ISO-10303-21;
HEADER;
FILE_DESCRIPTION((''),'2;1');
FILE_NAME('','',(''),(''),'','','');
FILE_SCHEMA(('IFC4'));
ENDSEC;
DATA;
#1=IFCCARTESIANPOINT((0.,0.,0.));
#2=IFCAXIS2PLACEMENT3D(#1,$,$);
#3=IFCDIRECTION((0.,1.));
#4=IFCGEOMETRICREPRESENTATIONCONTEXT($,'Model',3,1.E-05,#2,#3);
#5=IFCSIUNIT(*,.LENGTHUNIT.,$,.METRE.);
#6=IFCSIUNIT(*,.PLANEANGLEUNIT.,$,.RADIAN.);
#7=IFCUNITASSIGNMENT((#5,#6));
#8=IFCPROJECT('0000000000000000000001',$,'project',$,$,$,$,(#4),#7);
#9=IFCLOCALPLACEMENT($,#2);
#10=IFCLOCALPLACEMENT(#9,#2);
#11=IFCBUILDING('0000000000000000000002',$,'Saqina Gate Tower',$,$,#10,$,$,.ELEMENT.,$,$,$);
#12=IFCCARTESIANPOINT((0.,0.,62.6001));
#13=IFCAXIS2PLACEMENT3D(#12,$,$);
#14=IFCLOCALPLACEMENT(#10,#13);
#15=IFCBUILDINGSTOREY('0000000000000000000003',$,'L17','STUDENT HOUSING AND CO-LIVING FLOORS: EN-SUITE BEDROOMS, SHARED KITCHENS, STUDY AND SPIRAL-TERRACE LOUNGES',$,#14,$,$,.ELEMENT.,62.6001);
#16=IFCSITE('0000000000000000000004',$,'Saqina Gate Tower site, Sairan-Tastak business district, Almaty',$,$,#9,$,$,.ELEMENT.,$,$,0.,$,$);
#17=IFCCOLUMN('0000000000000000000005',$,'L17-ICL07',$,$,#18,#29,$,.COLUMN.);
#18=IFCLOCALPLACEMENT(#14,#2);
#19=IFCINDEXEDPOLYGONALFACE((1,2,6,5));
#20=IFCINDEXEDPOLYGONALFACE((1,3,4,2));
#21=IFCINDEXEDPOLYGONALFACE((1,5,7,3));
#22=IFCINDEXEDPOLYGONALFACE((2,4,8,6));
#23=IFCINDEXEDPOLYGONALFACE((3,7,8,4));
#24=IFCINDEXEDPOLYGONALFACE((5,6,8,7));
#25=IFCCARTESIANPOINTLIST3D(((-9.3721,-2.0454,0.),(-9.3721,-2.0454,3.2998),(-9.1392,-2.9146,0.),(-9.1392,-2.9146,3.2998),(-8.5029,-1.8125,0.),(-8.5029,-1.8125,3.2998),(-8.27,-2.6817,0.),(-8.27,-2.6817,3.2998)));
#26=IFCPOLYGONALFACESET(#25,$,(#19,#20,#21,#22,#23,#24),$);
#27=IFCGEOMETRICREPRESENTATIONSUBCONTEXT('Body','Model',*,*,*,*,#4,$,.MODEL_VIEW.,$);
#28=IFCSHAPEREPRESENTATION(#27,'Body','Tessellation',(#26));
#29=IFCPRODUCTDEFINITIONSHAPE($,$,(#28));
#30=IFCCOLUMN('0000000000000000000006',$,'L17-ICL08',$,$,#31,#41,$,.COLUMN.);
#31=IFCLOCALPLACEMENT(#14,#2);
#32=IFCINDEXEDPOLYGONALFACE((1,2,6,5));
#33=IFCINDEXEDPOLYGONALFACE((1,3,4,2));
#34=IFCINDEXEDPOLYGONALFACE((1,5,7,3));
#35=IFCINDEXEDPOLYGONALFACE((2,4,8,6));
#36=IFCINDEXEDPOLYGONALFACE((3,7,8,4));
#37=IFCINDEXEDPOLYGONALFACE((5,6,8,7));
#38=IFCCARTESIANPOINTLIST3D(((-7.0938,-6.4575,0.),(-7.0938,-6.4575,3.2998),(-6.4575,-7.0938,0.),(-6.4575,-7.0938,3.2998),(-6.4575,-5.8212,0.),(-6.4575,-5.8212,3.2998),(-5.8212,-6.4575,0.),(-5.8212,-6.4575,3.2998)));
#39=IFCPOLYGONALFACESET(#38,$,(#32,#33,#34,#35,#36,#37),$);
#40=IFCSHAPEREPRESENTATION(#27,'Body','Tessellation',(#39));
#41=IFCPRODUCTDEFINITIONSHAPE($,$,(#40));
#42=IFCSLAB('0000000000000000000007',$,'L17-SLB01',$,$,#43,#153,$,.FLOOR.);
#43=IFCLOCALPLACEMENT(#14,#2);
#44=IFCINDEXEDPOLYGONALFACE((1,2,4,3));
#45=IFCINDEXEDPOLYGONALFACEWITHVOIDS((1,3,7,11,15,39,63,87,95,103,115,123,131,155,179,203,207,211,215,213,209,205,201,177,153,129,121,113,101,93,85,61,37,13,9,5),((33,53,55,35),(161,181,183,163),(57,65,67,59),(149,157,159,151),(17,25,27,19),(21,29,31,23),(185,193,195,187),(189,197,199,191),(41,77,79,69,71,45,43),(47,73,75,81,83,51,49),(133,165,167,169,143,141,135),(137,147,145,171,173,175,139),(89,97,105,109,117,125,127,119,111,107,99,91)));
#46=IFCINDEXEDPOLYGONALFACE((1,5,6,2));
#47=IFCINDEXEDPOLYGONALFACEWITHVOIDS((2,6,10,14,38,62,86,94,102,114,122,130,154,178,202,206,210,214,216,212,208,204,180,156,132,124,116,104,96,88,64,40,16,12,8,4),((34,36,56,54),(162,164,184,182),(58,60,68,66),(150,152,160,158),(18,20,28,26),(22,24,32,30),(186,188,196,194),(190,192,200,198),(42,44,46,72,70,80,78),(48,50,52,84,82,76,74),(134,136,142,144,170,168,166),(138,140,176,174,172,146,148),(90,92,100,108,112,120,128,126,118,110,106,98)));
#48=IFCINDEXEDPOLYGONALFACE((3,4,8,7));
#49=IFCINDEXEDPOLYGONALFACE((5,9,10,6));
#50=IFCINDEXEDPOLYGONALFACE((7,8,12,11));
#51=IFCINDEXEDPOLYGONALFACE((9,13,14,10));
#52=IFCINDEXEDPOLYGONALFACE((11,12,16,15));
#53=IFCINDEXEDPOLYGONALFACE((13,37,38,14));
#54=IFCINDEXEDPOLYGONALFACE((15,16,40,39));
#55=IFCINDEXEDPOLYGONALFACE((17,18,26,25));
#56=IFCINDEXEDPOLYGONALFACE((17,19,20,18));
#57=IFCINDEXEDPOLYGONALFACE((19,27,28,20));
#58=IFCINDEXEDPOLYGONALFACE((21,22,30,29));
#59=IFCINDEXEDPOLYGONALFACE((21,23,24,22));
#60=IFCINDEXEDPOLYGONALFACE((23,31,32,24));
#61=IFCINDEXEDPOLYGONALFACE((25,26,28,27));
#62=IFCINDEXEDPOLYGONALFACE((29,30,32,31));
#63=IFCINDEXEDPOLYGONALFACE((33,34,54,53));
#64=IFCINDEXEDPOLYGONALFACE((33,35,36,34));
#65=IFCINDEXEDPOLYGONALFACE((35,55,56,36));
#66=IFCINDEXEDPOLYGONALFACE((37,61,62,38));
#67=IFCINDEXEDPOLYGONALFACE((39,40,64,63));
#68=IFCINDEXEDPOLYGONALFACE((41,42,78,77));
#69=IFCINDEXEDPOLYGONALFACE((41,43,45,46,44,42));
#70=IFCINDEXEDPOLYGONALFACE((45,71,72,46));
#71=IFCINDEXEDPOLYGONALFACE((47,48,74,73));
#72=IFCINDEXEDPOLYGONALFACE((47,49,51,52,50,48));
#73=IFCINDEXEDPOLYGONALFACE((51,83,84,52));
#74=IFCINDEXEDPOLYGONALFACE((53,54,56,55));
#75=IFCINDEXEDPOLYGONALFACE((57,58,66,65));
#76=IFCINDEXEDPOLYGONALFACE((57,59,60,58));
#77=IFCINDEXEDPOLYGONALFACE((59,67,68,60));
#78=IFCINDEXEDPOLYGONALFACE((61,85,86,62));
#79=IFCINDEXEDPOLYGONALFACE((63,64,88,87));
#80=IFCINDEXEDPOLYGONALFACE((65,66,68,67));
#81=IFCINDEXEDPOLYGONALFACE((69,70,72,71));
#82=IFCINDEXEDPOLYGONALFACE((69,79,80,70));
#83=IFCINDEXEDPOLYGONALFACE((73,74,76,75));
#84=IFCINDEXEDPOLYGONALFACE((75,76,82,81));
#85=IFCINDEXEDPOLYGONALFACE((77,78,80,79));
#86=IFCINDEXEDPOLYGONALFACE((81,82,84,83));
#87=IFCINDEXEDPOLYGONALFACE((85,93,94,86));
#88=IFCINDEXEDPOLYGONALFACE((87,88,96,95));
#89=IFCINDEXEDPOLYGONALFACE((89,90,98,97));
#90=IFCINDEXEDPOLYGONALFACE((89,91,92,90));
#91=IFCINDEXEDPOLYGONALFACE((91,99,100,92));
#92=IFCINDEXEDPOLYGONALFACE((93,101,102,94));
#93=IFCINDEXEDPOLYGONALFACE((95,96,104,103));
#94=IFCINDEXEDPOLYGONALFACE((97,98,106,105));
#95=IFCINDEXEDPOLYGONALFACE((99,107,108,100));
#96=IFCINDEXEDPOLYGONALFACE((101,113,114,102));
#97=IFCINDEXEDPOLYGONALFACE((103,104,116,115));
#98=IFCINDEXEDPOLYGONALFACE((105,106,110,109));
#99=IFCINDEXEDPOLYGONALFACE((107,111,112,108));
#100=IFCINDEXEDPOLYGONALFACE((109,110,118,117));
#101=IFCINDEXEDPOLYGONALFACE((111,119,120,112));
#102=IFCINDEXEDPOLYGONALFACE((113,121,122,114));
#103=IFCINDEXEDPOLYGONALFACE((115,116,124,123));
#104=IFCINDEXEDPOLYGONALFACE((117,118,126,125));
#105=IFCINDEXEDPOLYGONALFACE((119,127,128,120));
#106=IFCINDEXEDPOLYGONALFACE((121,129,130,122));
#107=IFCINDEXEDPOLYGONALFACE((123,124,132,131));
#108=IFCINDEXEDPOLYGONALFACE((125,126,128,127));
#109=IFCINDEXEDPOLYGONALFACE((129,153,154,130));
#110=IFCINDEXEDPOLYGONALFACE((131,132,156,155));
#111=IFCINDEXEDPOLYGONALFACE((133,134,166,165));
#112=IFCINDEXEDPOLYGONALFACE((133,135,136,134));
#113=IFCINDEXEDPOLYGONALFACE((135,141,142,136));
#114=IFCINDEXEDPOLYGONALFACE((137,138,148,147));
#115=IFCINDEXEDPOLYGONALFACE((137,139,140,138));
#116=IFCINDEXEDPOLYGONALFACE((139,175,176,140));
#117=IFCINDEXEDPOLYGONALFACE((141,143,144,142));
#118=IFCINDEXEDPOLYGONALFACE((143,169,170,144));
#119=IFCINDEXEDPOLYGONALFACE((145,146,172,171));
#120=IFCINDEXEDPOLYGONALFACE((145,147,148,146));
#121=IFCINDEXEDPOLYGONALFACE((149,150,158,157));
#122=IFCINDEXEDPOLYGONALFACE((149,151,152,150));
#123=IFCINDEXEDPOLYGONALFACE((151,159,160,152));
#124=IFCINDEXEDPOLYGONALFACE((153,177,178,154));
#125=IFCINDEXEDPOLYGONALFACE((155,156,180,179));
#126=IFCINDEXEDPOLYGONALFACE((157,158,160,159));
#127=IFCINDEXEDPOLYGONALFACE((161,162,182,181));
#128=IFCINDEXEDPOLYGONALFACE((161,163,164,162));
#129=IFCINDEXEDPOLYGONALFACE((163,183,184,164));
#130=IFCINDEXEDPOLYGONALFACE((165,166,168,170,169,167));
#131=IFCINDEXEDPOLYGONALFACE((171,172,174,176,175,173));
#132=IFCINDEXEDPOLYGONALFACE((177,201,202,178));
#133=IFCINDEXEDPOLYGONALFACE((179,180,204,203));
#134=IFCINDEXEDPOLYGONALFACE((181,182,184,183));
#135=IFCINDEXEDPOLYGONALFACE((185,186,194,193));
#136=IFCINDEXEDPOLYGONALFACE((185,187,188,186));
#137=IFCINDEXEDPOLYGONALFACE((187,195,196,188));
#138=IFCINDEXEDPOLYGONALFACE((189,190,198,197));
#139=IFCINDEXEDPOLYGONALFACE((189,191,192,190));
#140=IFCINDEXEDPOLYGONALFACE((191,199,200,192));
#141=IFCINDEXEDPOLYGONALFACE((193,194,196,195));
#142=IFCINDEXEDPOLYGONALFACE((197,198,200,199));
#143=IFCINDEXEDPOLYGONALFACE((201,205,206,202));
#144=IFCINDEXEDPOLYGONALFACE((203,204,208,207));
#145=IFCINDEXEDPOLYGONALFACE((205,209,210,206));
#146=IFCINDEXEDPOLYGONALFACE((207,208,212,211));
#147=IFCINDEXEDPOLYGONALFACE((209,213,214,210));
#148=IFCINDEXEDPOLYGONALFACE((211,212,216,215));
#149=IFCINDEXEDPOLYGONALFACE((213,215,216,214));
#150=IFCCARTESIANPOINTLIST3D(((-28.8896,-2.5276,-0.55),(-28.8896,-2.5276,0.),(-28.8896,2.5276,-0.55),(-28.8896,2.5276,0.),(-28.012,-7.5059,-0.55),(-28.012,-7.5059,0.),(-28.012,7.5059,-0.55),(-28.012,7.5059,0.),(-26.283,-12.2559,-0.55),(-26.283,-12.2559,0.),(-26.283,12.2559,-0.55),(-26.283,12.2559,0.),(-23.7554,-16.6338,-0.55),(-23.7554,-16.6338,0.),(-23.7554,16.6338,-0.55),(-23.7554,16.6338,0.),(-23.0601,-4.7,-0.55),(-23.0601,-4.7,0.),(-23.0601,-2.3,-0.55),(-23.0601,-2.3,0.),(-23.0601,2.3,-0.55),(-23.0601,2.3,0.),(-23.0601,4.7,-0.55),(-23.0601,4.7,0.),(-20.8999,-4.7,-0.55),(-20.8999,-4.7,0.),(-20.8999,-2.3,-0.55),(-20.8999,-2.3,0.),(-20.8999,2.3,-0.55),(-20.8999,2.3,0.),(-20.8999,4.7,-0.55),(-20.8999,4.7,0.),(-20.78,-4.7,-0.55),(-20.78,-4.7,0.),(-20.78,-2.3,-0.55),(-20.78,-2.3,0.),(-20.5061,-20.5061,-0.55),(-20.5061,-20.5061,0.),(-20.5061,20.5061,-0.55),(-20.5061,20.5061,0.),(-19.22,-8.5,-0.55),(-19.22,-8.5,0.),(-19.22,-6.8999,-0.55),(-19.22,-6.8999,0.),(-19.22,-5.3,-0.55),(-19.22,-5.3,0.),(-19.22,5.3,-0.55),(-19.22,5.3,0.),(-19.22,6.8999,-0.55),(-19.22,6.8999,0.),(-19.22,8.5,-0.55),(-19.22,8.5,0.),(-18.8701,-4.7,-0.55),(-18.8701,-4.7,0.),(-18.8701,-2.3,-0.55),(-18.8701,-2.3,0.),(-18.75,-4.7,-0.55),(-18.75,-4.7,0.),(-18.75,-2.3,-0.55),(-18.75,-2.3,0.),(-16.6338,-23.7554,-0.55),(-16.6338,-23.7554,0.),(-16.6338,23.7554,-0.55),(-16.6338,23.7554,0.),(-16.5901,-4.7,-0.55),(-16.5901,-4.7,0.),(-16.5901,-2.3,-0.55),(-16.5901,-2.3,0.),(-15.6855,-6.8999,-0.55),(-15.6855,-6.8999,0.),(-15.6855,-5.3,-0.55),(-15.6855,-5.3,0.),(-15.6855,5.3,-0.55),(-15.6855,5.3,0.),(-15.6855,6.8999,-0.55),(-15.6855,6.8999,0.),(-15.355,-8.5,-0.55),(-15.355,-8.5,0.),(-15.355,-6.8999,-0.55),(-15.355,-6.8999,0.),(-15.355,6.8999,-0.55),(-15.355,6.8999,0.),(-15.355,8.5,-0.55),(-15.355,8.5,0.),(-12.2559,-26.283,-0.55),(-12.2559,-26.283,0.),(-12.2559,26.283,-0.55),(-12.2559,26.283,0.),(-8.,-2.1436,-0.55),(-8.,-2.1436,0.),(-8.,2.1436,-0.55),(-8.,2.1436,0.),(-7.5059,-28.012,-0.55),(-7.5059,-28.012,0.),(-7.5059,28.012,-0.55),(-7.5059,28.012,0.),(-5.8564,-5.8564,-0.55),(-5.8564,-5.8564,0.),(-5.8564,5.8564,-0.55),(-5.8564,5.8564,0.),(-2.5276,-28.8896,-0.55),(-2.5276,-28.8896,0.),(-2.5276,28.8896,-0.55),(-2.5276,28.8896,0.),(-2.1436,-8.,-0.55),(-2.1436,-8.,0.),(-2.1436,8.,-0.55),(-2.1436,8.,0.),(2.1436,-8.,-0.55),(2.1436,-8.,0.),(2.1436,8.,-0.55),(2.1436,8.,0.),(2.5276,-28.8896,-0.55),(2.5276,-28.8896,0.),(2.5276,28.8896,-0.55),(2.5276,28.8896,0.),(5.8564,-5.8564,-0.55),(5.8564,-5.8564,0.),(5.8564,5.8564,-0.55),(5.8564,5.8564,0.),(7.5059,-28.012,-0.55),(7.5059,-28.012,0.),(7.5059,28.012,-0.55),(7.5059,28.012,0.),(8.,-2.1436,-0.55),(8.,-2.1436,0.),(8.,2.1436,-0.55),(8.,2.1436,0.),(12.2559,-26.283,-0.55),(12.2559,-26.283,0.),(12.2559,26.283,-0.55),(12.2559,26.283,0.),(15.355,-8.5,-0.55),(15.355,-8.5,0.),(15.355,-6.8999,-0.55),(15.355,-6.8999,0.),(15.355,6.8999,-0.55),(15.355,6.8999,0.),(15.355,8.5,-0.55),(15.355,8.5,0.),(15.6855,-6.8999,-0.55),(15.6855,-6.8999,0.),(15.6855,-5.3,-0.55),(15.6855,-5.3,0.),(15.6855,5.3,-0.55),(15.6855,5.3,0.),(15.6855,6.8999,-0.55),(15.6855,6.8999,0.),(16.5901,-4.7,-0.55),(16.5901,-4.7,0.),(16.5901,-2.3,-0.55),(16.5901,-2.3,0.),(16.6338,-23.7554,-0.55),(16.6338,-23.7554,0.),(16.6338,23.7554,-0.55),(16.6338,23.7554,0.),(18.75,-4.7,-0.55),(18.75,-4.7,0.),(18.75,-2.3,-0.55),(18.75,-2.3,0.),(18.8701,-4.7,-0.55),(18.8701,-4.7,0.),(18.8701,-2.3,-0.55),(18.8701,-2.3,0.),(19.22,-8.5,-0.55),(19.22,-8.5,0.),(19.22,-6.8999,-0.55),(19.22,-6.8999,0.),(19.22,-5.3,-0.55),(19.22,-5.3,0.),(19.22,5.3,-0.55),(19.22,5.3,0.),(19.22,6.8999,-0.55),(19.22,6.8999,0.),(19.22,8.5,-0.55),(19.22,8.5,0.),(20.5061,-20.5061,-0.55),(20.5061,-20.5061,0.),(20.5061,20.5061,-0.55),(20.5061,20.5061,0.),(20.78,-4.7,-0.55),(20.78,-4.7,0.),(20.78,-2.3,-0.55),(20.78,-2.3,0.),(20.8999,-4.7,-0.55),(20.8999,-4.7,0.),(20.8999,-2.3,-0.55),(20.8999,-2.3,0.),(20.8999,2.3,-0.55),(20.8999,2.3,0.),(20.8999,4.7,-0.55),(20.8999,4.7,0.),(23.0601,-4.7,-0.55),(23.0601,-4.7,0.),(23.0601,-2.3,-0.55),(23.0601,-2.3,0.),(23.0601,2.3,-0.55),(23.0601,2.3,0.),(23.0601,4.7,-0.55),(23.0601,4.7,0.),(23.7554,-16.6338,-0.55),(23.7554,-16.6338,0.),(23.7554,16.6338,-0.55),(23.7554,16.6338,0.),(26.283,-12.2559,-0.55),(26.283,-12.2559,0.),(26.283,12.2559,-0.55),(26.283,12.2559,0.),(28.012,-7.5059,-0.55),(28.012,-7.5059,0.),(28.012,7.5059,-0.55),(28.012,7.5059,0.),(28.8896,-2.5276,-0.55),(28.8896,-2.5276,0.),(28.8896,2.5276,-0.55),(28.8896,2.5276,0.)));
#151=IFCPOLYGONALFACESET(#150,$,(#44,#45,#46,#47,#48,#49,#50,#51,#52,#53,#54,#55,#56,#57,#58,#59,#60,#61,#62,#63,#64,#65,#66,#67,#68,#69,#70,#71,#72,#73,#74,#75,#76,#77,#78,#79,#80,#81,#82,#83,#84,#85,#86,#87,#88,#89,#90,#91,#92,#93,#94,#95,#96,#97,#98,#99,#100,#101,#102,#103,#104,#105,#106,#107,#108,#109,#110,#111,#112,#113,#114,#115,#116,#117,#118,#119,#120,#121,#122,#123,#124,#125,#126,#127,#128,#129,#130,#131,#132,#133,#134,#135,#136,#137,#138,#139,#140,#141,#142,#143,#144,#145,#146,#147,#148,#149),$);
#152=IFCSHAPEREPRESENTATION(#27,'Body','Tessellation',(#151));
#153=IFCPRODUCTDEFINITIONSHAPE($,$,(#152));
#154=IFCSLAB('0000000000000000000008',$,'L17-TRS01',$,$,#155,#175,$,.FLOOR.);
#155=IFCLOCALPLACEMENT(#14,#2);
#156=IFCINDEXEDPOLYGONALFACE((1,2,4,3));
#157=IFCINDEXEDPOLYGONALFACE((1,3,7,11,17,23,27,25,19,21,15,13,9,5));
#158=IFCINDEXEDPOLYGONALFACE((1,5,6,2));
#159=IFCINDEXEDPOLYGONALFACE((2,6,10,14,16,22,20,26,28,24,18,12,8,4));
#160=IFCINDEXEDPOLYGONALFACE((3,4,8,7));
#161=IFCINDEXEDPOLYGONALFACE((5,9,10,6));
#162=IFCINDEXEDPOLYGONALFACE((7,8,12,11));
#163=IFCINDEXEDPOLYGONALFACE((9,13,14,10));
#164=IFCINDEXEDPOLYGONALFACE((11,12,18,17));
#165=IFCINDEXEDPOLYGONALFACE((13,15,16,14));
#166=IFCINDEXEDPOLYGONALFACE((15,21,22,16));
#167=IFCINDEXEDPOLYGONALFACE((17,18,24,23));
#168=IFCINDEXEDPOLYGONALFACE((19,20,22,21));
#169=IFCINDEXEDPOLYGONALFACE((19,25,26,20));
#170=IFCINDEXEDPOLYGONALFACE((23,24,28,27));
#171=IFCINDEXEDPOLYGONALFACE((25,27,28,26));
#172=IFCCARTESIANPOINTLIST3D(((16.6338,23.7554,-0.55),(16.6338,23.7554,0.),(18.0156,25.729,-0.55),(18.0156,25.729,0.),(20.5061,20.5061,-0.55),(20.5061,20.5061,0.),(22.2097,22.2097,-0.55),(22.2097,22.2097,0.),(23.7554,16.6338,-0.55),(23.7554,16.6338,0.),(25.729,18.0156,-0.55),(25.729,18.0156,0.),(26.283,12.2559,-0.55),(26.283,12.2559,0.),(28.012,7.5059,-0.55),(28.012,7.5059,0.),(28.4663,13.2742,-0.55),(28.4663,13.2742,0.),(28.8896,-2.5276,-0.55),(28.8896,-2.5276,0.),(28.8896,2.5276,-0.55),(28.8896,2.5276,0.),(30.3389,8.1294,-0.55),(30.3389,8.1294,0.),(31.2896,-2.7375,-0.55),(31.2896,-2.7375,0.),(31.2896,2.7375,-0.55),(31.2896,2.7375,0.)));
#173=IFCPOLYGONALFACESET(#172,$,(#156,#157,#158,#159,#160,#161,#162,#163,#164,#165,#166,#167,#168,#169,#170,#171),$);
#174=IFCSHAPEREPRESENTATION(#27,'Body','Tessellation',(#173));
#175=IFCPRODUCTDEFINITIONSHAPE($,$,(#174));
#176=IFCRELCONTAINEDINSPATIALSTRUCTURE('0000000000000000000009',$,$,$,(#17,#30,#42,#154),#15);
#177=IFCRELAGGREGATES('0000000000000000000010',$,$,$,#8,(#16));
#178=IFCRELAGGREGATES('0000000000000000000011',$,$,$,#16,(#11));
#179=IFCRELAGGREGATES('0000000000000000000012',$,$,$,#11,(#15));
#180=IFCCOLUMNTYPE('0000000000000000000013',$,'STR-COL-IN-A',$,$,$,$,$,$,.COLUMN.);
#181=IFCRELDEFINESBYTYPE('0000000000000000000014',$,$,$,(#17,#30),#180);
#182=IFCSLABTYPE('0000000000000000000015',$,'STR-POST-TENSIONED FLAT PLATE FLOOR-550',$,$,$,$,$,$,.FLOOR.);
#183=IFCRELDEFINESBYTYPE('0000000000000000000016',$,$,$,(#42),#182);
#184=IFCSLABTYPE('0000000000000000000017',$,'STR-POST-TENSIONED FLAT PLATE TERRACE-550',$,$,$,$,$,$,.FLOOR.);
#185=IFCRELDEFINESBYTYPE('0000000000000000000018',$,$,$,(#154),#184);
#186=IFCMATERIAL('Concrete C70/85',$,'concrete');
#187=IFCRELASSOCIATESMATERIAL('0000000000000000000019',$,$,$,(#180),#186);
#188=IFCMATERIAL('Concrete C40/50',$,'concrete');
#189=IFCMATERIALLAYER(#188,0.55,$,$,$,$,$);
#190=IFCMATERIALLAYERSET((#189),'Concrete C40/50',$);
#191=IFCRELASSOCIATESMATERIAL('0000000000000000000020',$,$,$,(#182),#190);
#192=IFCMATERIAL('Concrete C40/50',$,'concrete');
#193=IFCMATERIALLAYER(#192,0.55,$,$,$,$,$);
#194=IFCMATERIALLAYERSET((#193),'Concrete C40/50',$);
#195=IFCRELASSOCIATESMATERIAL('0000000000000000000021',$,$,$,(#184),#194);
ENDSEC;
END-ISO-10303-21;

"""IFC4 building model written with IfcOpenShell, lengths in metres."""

from ifc_helpers import new_model, si_unit, direction, frame, origin, origin_2d, place, context, subcontext, project, spatial, polyline, rectangle, outline, extrude, material, layer, layer_set, material_profile, profile_set, type_object, element, save


model = new_model("IFC4")

# Units and contexts
model_context = context("Model", 3, precision=1e-05, world=origin(), true_north=direction((0.0, 1.0)))
body_context = subcontext(model_context, "Body", "Model", "MODEL_VIEW")
ifc_project = project(units=[si_unit("LENGTHUNIT", "METRE"), si_unit("PLANEANGLEUNIT", "RADIAN")], contexts=[model_context])

# Site, building, storey
site_placement = place(None, origin())
site = spatial("IfcSite", under=ifc_project, at=site_placement, Name="Saqina Gate Tower site, Sairan-Tastak business district, Almaty", CompositionType="ELEMENT", RefElevation=0.0)
building_placement = place(site_placement, origin())
building = spatial("IfcBuilding", under=site, at=building_placement, Name="Saqina Gate Tower", CompositionType="ELEMENT")
storey_placement = place(building_placement, frame((0.0, 0.0, 62.6001)))
storey = spatial("IfcBuildingStorey", under=building, at=storey_placement, Name="L17", Description="STUDENT HOUSING AND CO-LIVING FLOORS: EN-SUITE BEDROOMS, SHARED KITCHENS, STUDY AND SPIRAL-TERRACE LOUNGES", CompositionType="ELEMENT", Elevation=62.6001)

# Columns
ifc_material_1 = material(Name="Concrete C70/85", Category="concrete")
ifc_material_profile = material_profile(ifc_material_1, rectangle(XDim=0.8999, YDim=0.8999, at=origin_2d()), Name="RC 900x900")
ifc_profile_set = profile_set([ifc_material_profile], Name="Concrete C70/85")
column_type = type_object("IfcColumnType", Name="STR-COL-IN-A", PredefinedType="COLUMN", material=ifc_profile_set)
for number, where, z_axis, x_axis, name in (
    (1, (-8.821, -2.3635, 0.0), (0.0, 0.0, 1.0), (-0.965926, -0.258819, 0.0), "L17-ICL07"),
    (2, (-6.4575, -6.4575, 0.0), (0.0, 0.0, 1.0), (-0.707107, -0.707107, 0.0), "L17-ICL08"),
):
    element("IfcColumn", number, at=place(storey_placement, frame(where, z_axis=z_axis, x_axis=x_axis)), inside=storey, type_object=column_type, Name=name, PredefinedType="COLUMN", context=body_context, shape_type="SweptSolid", body=[
        extrude(rectangle(XDim=0.8999, YDim=0.8999, at=origin_2d()), origin(), (0.0, 0.0, 1.0), 3.2998),
    ])

# Slabs
ifc_material_2 = material(Name="Concrete C40/50", Category="concrete")
ifc_layer_1 = layer(ifc_material_2, 0.55)
ifc_layer_set_1 = layer_set([ifc_layer_1], Name="Concrete C40/50")
slab_type_1 = type_object("IfcSlabType", Name="STR-POST-TENSIONED FLAT PLATE FLOOR-550", PredefinedType="FLOOR", material=ifc_layer_set_1)
slab_1_placement = place(storey_placement, frame((0.0, 0.0, -0.55)))
element("IfcSlab", 3, at=slab_1_placement, inside=storey, type_object=slab_type_1, Name="L17-SLB01", PredefinedType="FLOOR", context=body_context, shape_type="SweptSolid", body=[
    extrude(outline(polyline([(28.012, -7.5059), (28.8896, -2.5276), (28.8896, 2.5276), (28.012, 7.5059), (26.283, 12.2559), (23.7554, 16.6338), (20.5061, 20.5061), (16.6338, 23.7554), (12.2559, 26.283), (7.5059, 28.012), (2.5276, 28.8896), (-2.5276, 28.8896), (-7.5059, 28.012), (-12.2559, 26.283), (-16.6338, 23.7554), (-20.5061, 20.5061), (-23.7554, 16.6338), (-26.283, 12.2559), (-28.012, 7.5059), (-28.8896, 2.5276), (-28.8896, -2.5276), (-28.012, -7.5059), (-26.283, -12.2559), (-23.7554, -16.6338), (-20.5061, -20.5061), (-16.6338, -23.7554), (-12.2559, -26.283), (-7.5059, -28.012), (-2.5276, -28.8896), (2.5276, -28.8896), (7.5059, -28.012), (12.2559, -26.283), (16.6338, -23.7554), (20.5061, -20.5061), (23.7554, -16.6338), (26.283, -12.2559), (28.012, -7.5059)]), holes=[polyline([(2.1436, 8.0), (5.8564, 5.8564), (8.0, 2.1436), (8.0, -2.1436), (5.8564, -5.8564), (2.1436, -8.0), (-2.1436, -8.0), (-5.8564, -5.8564), (-8.0, -2.1436), (-8.0, 2.1436), (-5.8564, 5.8564), (-2.1436, 8.0), (2.1436, 8.0)]), polyline([(-19.22, -8.5), (-19.22, -6.8999), (-19.22, -5.3), (-15.6855, -5.3), (-15.6855, -6.8999), (-15.355, -6.8999), (-15.355, -8.5), (-19.22, -8.5)]), polyline([(-20.8999, -2.3), (-20.8999, -4.7), (-23.0601, -4.7), (-23.0601, -2.3), (-20.8999, -2.3)]), polyline([(-18.8701, -2.3), (-18.8701, -4.7), (-20.78, -4.7), (-20.78, -2.3), (-18.8701, -2.3)]), polyline([(-16.5901, -2.3), (-16.5901, -4.7), (-18.75, -4.7), (-18.75, -2.3), (-16.5901, -2.3)]), polyline([(-20.8999, 4.7), (-20.8999, 2.3), (-23.0601, 2.3), (-23.0601, 4.7), (-20.8999, 4.7)]), polyline([(-19.22, 6.8999), (-19.22, 8.5), (-15.355, 8.5), (-15.355, 6.8999), (-15.6855, 6.8999), (-15.6855, 5.3), (-19.22, 5.3), (-19.22, 6.8999)]), polyline([(15.355, -6.8999), (15.6855, -6.8999), (15.6855, -5.3), (19.22, -5.3), (19.22, -6.8999), (19.22, -8.5), (15.355, -8.5), (15.355, -6.8999)]), polyline([(18.75, -2.3), (18.75, -4.7), (16.5901, -4.7), (16.5901, -2.3), (18.75, -2.3)]), polyline([(20.78, -2.3), (20.78, -4.7), (18.8701, -4.7), (18.8701, -2.3), (20.78, -2.3)]), polyline([(23.0601, -2.3), (23.0601, -4.7), (20.8999, -4.7), (20.8999, -2.3), (23.0601, -2.3)]), polyline([(23.0601, 4.7), (23.0601, 2.3), (20.8999, 2.3), (20.8999, 4.7), (23.0601, 4.7)]), polyline([(15.6855, 6.8999), (15.355, 6.8999), (15.355, 8.5), (19.22, 8.5), (19.22, 6.8999), (19.22, 5.3), (15.6855, 5.3), (15.6855, 6.8999)])]), origin(), (0.0, 0.0, 1.0), 0.55),
])
ifc_material_3 = material(Name="Concrete C40/50", Category="concrete")
ifc_layer_2 = layer(ifc_material_3, 0.55)
ifc_layer_set_2 = layer_set([ifc_layer_2], Name="Concrete C40/50")
slab_type_2 = type_object("IfcSlabType", Name="STR-POST-TENSIONED FLAT PLATE TERRACE-550", PredefinedType="FLOOR", material=ifc_layer_set_2)
slab_2_placement = place(storey_placement, frame((0.0, 0.0, -0.55)))
element("IfcSlab", 4, at=slab_2_placement, inside=storey, type_object=slab_type_2, Name="L17-TRS01", PredefinedType="FLOOR", context=body_context, shape_type="SweptSolid", body=[
    extrude(outline(polyline([(28.8896, -2.5276), (28.8896, 2.5276), (28.012, 7.5059), (26.283, 12.2559), (23.7554, 16.6338), (20.5061, 20.5061), (16.6338, 23.7554), (18.0156, 25.729), (22.2097, 22.2097), (25.729, 18.0156), (28.4663, 13.2742), (30.3389, 8.1294), (31.2896, 2.7375), (31.2896, -2.7375), (28.8896, -2.5276)])), origin(), (0.0, 0.0, 1.0), 0.55),
])

save(model, "model.ifc")
